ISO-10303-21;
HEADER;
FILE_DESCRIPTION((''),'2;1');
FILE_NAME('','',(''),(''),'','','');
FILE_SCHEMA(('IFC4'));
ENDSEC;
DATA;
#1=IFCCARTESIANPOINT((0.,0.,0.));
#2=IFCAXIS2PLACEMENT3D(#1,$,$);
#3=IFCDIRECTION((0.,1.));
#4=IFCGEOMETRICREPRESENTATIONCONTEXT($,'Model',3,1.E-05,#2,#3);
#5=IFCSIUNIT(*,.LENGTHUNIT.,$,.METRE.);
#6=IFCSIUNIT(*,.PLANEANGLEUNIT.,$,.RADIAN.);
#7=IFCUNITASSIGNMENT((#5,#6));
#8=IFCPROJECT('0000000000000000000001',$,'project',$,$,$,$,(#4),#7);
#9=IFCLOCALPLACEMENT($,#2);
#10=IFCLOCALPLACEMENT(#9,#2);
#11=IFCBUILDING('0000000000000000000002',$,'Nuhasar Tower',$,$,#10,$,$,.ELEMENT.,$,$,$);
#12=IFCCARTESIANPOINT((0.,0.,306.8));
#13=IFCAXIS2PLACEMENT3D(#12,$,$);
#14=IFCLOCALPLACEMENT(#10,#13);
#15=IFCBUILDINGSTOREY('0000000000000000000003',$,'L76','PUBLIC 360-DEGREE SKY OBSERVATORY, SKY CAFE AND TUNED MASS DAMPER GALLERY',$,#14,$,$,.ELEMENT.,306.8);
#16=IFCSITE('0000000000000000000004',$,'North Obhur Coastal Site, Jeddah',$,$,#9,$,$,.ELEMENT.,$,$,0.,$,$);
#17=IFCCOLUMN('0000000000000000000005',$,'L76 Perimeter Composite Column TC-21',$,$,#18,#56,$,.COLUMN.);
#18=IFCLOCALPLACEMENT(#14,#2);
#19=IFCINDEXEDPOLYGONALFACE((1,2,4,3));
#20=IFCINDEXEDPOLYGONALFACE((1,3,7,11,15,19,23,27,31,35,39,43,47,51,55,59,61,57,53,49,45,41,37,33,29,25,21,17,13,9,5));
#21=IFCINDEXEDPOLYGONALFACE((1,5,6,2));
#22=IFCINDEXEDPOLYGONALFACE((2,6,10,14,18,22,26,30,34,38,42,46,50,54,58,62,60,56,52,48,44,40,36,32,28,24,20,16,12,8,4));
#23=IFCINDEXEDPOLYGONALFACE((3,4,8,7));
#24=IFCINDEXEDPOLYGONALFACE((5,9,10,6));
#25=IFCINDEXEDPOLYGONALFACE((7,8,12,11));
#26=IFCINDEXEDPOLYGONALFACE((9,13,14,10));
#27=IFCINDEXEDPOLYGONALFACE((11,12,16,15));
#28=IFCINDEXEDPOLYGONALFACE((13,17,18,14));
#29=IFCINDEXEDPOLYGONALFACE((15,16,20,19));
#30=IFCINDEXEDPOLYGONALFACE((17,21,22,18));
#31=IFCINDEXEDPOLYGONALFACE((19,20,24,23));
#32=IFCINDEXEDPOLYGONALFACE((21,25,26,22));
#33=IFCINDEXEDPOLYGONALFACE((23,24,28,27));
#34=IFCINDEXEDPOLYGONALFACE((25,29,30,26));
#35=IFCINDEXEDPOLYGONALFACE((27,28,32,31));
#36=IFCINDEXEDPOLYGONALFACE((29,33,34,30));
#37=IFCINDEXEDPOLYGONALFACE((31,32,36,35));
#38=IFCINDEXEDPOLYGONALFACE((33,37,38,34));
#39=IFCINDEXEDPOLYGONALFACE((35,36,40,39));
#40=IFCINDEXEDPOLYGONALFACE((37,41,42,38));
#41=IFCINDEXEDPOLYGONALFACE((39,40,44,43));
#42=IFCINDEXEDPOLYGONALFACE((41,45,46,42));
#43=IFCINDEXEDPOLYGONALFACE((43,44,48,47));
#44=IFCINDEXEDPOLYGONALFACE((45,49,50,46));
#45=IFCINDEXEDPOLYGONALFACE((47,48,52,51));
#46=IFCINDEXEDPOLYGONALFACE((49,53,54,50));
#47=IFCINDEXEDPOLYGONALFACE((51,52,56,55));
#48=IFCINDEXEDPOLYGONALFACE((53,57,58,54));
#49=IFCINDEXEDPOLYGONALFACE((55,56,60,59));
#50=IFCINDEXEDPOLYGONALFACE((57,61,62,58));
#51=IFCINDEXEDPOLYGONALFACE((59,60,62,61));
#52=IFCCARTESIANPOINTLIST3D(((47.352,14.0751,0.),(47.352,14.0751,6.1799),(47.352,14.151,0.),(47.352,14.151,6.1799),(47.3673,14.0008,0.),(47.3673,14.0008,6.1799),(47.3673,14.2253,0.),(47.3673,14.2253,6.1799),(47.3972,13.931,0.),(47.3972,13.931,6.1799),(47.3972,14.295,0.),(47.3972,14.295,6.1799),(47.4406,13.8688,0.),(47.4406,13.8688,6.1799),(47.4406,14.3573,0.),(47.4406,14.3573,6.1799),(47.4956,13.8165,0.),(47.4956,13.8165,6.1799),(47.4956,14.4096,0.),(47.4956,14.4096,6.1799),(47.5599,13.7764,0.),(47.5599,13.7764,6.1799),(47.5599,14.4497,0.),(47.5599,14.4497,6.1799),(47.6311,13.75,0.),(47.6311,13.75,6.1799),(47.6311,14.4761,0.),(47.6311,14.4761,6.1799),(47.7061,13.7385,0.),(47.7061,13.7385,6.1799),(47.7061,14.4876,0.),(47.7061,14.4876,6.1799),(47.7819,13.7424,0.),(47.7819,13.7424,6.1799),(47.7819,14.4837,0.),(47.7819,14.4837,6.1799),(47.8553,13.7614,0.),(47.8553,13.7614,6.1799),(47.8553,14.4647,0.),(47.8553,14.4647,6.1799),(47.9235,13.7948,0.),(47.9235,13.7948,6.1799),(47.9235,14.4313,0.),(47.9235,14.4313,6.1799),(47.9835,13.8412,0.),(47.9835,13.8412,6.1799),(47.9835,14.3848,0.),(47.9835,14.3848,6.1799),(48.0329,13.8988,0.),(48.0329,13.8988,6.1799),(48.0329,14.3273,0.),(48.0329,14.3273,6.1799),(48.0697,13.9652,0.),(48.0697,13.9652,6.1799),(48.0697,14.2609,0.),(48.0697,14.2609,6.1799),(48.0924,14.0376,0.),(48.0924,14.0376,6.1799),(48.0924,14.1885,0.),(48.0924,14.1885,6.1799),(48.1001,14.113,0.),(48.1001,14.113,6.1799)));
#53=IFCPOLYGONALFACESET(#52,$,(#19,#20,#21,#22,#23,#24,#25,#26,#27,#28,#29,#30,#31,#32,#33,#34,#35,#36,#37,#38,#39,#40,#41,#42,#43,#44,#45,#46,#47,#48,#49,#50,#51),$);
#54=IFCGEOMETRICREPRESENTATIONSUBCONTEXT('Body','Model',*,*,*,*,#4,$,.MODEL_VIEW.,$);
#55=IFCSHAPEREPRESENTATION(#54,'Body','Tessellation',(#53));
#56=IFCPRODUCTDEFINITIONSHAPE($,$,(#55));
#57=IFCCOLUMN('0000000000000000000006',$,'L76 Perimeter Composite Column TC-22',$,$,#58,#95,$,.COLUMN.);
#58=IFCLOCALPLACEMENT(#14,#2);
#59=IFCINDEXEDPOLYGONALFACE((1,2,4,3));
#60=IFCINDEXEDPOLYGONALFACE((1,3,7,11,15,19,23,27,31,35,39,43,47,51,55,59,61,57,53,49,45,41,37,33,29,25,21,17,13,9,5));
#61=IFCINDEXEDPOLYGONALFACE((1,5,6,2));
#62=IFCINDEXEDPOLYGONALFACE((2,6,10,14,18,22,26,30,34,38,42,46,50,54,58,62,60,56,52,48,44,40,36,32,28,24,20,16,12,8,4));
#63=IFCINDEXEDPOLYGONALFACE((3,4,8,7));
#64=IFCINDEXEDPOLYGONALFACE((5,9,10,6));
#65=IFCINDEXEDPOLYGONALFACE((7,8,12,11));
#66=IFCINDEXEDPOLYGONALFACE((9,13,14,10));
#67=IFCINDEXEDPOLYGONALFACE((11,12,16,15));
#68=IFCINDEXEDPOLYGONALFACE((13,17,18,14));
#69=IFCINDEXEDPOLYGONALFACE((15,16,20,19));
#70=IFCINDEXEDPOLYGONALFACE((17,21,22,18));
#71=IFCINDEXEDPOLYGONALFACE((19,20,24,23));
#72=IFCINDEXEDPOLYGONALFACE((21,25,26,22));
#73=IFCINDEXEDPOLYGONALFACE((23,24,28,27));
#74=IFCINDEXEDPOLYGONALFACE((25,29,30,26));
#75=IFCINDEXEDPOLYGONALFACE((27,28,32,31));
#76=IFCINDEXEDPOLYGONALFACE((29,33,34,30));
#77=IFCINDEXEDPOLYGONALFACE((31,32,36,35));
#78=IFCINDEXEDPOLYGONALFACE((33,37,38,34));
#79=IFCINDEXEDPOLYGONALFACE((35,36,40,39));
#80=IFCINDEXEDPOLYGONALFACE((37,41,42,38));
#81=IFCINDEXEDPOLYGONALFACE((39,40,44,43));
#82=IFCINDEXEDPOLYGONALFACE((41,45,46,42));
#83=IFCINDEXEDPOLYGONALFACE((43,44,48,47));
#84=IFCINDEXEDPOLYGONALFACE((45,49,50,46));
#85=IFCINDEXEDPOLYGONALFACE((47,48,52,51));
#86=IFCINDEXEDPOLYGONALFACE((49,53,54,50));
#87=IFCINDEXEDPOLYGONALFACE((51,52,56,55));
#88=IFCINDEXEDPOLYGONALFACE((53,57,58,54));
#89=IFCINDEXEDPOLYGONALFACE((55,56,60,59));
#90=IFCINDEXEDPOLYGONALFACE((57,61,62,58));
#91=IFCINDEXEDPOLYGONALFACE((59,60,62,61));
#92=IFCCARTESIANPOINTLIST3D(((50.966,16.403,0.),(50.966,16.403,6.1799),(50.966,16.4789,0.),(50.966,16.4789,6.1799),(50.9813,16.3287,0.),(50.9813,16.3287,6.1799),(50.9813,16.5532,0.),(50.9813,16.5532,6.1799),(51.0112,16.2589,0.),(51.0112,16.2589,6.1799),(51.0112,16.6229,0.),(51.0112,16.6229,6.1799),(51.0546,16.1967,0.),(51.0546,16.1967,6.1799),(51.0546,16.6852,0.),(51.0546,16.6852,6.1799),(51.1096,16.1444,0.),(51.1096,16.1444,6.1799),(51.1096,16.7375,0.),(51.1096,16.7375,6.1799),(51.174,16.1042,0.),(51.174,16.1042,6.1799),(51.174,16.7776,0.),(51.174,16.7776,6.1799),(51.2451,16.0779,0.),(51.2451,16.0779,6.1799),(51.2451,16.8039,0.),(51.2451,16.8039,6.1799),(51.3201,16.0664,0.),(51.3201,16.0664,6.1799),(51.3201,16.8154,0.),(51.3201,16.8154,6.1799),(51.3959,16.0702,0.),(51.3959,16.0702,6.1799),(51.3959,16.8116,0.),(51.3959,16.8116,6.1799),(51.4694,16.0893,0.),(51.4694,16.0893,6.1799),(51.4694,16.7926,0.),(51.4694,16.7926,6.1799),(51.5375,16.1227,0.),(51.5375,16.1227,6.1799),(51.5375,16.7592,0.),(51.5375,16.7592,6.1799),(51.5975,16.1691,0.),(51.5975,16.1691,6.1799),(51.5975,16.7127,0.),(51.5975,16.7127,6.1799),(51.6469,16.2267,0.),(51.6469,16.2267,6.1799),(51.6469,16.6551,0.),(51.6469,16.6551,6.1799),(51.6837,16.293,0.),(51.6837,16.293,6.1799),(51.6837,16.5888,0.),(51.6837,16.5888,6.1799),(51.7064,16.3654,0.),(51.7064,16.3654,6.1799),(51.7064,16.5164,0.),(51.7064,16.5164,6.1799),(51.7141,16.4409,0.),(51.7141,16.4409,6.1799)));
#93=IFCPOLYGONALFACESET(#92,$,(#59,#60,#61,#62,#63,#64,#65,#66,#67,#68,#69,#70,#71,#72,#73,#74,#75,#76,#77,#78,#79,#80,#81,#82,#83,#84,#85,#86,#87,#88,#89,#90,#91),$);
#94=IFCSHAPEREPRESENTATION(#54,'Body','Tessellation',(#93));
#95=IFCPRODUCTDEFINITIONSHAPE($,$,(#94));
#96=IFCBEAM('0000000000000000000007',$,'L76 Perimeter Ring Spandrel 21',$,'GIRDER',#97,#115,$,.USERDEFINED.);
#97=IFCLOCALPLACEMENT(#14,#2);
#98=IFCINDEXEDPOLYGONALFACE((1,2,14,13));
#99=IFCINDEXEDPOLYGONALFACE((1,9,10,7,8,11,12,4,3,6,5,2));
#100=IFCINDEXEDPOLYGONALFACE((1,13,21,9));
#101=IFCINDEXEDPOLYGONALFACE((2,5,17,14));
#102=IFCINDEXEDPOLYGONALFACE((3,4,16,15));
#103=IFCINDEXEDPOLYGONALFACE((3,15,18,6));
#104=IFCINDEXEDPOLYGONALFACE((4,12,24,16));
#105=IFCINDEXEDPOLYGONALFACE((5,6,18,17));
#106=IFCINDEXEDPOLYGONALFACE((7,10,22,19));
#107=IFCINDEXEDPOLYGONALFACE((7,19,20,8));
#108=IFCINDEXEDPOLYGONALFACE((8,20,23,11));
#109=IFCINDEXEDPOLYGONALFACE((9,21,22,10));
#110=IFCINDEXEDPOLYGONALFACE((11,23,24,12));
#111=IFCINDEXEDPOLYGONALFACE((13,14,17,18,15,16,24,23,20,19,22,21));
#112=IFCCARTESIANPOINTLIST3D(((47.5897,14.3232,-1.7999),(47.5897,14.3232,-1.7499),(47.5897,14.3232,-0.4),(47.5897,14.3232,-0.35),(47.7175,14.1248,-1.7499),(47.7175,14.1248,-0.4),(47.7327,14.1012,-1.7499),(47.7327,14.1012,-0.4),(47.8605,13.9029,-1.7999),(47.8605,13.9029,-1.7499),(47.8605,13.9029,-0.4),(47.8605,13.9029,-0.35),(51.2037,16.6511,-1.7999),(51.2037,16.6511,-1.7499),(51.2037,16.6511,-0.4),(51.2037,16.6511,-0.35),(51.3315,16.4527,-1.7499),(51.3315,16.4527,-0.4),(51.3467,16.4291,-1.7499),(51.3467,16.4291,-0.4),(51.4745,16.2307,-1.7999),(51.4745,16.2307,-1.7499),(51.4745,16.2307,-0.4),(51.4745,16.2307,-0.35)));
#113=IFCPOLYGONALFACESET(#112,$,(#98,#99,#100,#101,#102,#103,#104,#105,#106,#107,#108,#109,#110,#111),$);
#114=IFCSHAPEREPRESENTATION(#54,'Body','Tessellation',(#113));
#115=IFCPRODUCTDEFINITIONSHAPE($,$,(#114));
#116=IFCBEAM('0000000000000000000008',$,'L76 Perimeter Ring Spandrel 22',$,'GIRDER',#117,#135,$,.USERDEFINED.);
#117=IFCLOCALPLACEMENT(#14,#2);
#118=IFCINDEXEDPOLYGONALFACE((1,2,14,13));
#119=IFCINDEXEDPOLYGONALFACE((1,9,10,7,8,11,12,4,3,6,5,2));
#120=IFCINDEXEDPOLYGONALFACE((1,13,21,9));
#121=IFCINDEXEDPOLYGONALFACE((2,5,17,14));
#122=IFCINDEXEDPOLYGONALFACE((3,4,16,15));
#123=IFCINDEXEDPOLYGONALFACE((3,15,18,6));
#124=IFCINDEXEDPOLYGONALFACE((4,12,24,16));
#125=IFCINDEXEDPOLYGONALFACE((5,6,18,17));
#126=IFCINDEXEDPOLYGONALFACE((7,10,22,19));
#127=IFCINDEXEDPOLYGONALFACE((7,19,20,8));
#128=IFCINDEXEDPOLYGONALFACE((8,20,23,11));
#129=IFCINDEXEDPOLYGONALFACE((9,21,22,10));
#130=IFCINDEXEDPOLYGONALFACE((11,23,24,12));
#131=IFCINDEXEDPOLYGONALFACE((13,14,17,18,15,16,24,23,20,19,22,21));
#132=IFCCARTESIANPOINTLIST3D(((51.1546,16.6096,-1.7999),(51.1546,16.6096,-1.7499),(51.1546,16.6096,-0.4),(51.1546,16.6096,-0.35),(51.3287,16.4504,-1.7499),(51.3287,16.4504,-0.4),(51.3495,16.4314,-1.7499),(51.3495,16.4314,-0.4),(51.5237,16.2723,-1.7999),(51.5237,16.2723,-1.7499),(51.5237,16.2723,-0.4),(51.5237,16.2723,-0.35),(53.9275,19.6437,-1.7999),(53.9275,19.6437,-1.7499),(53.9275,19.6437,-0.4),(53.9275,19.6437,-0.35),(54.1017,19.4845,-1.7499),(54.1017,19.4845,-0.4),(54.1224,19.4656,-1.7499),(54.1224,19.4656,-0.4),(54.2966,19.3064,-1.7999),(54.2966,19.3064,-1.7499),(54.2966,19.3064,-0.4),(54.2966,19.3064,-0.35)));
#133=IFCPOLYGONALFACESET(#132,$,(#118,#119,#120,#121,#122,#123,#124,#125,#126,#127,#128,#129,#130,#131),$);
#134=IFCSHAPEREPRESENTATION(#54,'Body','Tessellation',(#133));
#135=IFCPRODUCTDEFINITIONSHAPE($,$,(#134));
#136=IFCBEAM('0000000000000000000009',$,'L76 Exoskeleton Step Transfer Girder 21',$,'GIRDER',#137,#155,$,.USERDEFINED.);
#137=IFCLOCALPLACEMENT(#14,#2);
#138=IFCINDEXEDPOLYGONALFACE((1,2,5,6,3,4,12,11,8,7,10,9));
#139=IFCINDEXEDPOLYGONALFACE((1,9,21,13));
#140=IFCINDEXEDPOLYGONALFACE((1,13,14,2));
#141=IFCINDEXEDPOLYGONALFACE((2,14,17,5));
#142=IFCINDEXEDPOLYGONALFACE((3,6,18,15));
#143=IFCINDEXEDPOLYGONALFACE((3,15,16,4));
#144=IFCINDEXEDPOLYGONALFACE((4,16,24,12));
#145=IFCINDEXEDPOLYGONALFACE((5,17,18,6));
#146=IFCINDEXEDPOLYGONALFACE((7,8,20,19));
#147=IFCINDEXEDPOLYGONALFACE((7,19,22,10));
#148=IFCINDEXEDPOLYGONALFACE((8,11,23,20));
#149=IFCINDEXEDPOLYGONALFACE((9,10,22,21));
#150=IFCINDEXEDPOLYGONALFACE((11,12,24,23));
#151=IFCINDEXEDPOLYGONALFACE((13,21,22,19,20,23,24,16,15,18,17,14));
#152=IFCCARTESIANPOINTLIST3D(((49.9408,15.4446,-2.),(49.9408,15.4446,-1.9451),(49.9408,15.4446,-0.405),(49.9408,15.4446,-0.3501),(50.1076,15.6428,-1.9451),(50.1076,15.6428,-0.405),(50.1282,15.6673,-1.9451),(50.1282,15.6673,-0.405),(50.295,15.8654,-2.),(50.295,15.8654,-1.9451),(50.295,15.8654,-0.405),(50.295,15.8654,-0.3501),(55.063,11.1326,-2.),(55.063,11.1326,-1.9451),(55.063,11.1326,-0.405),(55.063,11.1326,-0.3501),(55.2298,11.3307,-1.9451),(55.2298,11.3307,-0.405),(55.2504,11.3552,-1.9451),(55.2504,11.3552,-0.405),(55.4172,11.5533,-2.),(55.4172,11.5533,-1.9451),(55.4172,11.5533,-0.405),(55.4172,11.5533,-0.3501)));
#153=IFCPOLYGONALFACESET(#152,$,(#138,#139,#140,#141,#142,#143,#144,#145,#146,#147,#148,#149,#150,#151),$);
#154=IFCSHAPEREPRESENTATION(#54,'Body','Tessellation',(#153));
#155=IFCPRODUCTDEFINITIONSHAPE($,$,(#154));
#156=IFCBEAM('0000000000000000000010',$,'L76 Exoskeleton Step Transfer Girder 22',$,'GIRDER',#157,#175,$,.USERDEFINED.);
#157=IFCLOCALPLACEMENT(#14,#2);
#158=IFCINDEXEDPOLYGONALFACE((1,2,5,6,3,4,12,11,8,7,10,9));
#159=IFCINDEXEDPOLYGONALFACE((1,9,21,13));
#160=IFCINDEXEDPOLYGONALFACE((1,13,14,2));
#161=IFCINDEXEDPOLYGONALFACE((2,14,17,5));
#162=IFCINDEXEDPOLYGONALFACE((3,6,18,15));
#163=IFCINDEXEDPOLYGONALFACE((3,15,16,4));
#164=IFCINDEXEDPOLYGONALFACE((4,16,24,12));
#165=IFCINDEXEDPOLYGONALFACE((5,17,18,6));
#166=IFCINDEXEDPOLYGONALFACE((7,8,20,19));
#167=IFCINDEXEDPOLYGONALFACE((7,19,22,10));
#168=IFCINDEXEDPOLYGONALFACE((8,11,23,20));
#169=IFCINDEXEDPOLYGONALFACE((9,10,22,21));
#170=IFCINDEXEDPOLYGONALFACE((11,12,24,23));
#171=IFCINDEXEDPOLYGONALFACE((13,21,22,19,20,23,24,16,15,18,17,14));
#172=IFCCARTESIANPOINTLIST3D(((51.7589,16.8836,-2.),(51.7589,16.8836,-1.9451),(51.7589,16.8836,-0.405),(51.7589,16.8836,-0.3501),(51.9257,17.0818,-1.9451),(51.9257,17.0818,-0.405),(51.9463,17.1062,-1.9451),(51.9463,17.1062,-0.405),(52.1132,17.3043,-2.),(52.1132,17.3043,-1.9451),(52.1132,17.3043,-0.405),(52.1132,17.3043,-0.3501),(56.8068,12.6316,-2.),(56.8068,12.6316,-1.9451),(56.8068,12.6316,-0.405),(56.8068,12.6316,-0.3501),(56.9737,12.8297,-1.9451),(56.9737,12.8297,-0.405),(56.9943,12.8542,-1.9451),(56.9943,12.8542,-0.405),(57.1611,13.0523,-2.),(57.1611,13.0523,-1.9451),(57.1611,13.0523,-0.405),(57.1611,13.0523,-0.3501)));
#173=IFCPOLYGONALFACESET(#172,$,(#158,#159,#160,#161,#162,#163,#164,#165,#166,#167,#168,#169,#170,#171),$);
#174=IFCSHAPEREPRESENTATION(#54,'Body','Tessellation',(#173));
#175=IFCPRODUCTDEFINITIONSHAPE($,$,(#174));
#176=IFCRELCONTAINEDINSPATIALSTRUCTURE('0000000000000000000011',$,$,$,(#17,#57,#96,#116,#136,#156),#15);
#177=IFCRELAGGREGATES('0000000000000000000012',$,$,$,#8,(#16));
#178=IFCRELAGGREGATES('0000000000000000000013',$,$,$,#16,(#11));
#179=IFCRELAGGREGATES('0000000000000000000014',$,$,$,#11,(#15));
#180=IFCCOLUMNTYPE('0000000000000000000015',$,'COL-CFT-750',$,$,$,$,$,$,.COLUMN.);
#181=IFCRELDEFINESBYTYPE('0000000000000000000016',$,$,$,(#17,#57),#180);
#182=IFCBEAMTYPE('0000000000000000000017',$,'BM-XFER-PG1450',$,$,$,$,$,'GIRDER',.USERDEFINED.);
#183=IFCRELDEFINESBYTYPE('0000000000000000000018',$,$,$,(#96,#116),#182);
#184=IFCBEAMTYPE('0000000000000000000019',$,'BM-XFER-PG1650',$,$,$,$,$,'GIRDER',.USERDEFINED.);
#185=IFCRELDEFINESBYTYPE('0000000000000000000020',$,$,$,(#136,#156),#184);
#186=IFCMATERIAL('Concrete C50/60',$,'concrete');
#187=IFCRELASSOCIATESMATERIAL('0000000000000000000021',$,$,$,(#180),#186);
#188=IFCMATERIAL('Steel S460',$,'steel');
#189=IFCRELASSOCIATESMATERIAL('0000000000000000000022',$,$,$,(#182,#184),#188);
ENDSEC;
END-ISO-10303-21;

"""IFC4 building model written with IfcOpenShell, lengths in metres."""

from ifc_helpers import new_model, si_unit, direction, frame, origin, origin_2d, place, context, subcontext, project, spatial, circle, i_section, extrude, material, material_profile, profile_set, type_object, element, save


model = new_model("IFC4")

# Units and contexts
model_context = context("Model", 3, precision=1e-05, world=origin(), true_north=direction((0.0, 1.0)))
body_context = subcontext(model_context, "Body", "Model", "MODEL_VIEW")
ifc_project = project(units=[si_unit("LENGTHUNIT", "METRE"), si_unit("PLANEANGLEUNIT", "RADIAN")], contexts=[model_context])

# Site, building, storey
site_placement = place(None, origin())
site = spatial("IfcSite", under=ifc_project, at=site_placement, Name="North Obhur Coastal Site, Jeddah", CompositionType="ELEMENT", RefElevation=0.0)
building_placement = place(site_placement, origin())
building = spatial("IfcBuilding", under=site, at=building_placement, Name="Nuhasar Tower", CompositionType="ELEMENT")
storey_placement = place(building_placement, frame((0.0, 0.0, 306.8)))
storey = spatial("IfcBuildingStorey", under=building, at=storey_placement, Name="L76", Description="PUBLIC 360-DEGREE SKY OBSERVATORY, SKY CAFE AND TUNED MASS DAMPER GALLERY", CompositionType="ELEMENT", Elevation=306.8)

# Columns
ifc_material_1 = material(Name="Concrete C50/60", Category="concrete")
ifc_material_profile_1 = material_profile(ifc_material_1, circle(Radius=0.375, at=origin_2d()), Name="CFT750")
ifc_profile_set_1 = profile_set([ifc_material_profile_1], Name="Concrete C50/60")
column_type = type_object("IfcColumnType", Name="COL-CFT-750", PredefinedType="COLUMN", material=ifc_profile_set_1)
for number, where, z_axis, x_axis, name in (
    (1, (47.7251, 14.113, 0.0), (0.0, 0.0, 1.0), (1.0, 0.0, 0.0), "L76 Perimeter Composite Column TC-21"),
    (2, (51.3391, 16.4409, 0.0), (0.0, 0.0, 1.0), (1.0, 0.0, 0.0), "L76 Perimeter Composite Column TC-22"),
):
    element("IfcColumn", number, at=place(storey_placement, frame(where, z_axis=z_axis, x_axis=x_axis)), inside=storey, type_object=column_type, Name=name, PredefinedType="COLUMN", context=body_context, shape_type="SweptSolid", body=[
        extrude(circle(Radius=0.375, at=origin_2d()), origin(), (0.0, 0.0, 1.0), 6.1799),
    ])

# Beams
ifc_material_2 = material(Name="Steel S460", Category="steel")
ifc_material_profile_2 = material_profile(ifc_material_2, i_section(OverallWidth=0.5, OverallDepth=1.45, WebThickness=0.0281, FlangeThickness=0.05, at=origin_2d()), Name="PG1450X500")
ifc_profile_set_2 = profile_set([ifc_material_profile_2], Name="Steel S460")
beam_type_1 = type_object("IfcBeamType", Name="BM-XFER-PG1450", ElementType="GIRDER", PredefinedType="USERDEFINED", material=ifc_profile_set_2)
beam_1_placement = place(storey_placement, frame((47.7251, 14.113, -1.075), z_axis=(0.840693, 0.541512, 0.0), x_axis=(-0.541512, 0.840693, 0.0)))
element("IfcBeam", 3, at=beam_1_placement, inside=storey, type_object=beam_type_1, Name="L76 Perimeter Ring Spandrel 21", ObjectType="GIRDER", PredefinedType="USERDEFINED", context=body_context, shape_type="SweptSolid", body=[
    extrude(i_section(OverallWidth=0.5, OverallDepth=1.45, WebThickness=0.0281, FlangeThickness=0.05, at=origin_2d()), origin(), (0.0, 0.0, 1.0), 4.2988),
])
beam_2_placement = place(storey_placement, frame((51.3391, 16.4409, -1.075), z_axis=(0.674616, 0.738169, 0.0), x_axis=(-0.738169, 0.674616, 0.0)))
element("IfcBeam", 4, at=beam_2_placement, inside=storey, type_object=beam_type_1, Name="L76 Perimeter Ring Spandrel 22", ObjectType="GIRDER", PredefinedType="USERDEFINED", context=body_context, shape_type="SweptSolid", body=[
    extrude(i_section(OverallWidth=0.5, OverallDepth=1.45, WebThickness=0.0281, FlangeThickness=0.05, at=origin_2d()), origin(), (0.0, 0.0, 1.0), 4.1104),
])
ifc_material_profile_3 = material_profile(ifc_material_2, i_section(OverallWidth=0.55, OverallDepth=1.6499, WebThickness=0.032, FlangeThickness=0.0549, at=origin_2d()), Name="PG1650X550")
ifc_profile_set_3 = profile_set([ifc_material_profile_3], Name="Steel S460")
beam_type_2 = type_object("IfcBeamType", Name="BM-XFER-PG1650", ElementType="GIRDER", PredefinedType="USERDEFINED", material=ifc_profile_set_3)
beam_3_placement = place(storey_placement, frame((50.1179, 15.655, -1.175), z_axis=(0.765008, -0.644021, 0.0), x_axis=(0.644021, 0.765008, 0.0)))
element("IfcBeam", 5, at=beam_3_placement, inside=storey, type_object=beam_type_2, Name="L76 Exoskeleton Step Transfer Girder 21", ObjectType="GIRDER", PredefinedType="USERDEFINED", context=body_context, shape_type="SweptSolid", body=[
    extrude(i_section(OverallWidth=0.55, OverallDepth=1.6499, WebThickness=0.032, FlangeThickness=0.0549, at=origin_2d()), origin(), (0.0, 0.0, 1.0), 6.6956),
])
beam_4_placement = place(storey_placement, frame((51.936, 17.094, -1.175), z_axis=(0.764827, -0.644236, 0.0), x_axis=(0.644236, 0.764827, 0.0)))
element("IfcBeam", 6, at=beam_4_placement, inside=storey, type_object=beam_type_2, Name="L76 Exoskeleton Step Transfer Girder 22", ObjectType="GIRDER", PredefinedType="USERDEFINED", context=body_context, shape_type="SweptSolid", body=[
    extrude(i_section(OverallWidth=0.55, OverallDepth=1.6499, WebThickness=0.032, FlangeThickness=0.0549, at=origin_2d()), origin(), (0.0, 0.0, 1.0), 6.6001),
])

save(model, "model.ifc")
